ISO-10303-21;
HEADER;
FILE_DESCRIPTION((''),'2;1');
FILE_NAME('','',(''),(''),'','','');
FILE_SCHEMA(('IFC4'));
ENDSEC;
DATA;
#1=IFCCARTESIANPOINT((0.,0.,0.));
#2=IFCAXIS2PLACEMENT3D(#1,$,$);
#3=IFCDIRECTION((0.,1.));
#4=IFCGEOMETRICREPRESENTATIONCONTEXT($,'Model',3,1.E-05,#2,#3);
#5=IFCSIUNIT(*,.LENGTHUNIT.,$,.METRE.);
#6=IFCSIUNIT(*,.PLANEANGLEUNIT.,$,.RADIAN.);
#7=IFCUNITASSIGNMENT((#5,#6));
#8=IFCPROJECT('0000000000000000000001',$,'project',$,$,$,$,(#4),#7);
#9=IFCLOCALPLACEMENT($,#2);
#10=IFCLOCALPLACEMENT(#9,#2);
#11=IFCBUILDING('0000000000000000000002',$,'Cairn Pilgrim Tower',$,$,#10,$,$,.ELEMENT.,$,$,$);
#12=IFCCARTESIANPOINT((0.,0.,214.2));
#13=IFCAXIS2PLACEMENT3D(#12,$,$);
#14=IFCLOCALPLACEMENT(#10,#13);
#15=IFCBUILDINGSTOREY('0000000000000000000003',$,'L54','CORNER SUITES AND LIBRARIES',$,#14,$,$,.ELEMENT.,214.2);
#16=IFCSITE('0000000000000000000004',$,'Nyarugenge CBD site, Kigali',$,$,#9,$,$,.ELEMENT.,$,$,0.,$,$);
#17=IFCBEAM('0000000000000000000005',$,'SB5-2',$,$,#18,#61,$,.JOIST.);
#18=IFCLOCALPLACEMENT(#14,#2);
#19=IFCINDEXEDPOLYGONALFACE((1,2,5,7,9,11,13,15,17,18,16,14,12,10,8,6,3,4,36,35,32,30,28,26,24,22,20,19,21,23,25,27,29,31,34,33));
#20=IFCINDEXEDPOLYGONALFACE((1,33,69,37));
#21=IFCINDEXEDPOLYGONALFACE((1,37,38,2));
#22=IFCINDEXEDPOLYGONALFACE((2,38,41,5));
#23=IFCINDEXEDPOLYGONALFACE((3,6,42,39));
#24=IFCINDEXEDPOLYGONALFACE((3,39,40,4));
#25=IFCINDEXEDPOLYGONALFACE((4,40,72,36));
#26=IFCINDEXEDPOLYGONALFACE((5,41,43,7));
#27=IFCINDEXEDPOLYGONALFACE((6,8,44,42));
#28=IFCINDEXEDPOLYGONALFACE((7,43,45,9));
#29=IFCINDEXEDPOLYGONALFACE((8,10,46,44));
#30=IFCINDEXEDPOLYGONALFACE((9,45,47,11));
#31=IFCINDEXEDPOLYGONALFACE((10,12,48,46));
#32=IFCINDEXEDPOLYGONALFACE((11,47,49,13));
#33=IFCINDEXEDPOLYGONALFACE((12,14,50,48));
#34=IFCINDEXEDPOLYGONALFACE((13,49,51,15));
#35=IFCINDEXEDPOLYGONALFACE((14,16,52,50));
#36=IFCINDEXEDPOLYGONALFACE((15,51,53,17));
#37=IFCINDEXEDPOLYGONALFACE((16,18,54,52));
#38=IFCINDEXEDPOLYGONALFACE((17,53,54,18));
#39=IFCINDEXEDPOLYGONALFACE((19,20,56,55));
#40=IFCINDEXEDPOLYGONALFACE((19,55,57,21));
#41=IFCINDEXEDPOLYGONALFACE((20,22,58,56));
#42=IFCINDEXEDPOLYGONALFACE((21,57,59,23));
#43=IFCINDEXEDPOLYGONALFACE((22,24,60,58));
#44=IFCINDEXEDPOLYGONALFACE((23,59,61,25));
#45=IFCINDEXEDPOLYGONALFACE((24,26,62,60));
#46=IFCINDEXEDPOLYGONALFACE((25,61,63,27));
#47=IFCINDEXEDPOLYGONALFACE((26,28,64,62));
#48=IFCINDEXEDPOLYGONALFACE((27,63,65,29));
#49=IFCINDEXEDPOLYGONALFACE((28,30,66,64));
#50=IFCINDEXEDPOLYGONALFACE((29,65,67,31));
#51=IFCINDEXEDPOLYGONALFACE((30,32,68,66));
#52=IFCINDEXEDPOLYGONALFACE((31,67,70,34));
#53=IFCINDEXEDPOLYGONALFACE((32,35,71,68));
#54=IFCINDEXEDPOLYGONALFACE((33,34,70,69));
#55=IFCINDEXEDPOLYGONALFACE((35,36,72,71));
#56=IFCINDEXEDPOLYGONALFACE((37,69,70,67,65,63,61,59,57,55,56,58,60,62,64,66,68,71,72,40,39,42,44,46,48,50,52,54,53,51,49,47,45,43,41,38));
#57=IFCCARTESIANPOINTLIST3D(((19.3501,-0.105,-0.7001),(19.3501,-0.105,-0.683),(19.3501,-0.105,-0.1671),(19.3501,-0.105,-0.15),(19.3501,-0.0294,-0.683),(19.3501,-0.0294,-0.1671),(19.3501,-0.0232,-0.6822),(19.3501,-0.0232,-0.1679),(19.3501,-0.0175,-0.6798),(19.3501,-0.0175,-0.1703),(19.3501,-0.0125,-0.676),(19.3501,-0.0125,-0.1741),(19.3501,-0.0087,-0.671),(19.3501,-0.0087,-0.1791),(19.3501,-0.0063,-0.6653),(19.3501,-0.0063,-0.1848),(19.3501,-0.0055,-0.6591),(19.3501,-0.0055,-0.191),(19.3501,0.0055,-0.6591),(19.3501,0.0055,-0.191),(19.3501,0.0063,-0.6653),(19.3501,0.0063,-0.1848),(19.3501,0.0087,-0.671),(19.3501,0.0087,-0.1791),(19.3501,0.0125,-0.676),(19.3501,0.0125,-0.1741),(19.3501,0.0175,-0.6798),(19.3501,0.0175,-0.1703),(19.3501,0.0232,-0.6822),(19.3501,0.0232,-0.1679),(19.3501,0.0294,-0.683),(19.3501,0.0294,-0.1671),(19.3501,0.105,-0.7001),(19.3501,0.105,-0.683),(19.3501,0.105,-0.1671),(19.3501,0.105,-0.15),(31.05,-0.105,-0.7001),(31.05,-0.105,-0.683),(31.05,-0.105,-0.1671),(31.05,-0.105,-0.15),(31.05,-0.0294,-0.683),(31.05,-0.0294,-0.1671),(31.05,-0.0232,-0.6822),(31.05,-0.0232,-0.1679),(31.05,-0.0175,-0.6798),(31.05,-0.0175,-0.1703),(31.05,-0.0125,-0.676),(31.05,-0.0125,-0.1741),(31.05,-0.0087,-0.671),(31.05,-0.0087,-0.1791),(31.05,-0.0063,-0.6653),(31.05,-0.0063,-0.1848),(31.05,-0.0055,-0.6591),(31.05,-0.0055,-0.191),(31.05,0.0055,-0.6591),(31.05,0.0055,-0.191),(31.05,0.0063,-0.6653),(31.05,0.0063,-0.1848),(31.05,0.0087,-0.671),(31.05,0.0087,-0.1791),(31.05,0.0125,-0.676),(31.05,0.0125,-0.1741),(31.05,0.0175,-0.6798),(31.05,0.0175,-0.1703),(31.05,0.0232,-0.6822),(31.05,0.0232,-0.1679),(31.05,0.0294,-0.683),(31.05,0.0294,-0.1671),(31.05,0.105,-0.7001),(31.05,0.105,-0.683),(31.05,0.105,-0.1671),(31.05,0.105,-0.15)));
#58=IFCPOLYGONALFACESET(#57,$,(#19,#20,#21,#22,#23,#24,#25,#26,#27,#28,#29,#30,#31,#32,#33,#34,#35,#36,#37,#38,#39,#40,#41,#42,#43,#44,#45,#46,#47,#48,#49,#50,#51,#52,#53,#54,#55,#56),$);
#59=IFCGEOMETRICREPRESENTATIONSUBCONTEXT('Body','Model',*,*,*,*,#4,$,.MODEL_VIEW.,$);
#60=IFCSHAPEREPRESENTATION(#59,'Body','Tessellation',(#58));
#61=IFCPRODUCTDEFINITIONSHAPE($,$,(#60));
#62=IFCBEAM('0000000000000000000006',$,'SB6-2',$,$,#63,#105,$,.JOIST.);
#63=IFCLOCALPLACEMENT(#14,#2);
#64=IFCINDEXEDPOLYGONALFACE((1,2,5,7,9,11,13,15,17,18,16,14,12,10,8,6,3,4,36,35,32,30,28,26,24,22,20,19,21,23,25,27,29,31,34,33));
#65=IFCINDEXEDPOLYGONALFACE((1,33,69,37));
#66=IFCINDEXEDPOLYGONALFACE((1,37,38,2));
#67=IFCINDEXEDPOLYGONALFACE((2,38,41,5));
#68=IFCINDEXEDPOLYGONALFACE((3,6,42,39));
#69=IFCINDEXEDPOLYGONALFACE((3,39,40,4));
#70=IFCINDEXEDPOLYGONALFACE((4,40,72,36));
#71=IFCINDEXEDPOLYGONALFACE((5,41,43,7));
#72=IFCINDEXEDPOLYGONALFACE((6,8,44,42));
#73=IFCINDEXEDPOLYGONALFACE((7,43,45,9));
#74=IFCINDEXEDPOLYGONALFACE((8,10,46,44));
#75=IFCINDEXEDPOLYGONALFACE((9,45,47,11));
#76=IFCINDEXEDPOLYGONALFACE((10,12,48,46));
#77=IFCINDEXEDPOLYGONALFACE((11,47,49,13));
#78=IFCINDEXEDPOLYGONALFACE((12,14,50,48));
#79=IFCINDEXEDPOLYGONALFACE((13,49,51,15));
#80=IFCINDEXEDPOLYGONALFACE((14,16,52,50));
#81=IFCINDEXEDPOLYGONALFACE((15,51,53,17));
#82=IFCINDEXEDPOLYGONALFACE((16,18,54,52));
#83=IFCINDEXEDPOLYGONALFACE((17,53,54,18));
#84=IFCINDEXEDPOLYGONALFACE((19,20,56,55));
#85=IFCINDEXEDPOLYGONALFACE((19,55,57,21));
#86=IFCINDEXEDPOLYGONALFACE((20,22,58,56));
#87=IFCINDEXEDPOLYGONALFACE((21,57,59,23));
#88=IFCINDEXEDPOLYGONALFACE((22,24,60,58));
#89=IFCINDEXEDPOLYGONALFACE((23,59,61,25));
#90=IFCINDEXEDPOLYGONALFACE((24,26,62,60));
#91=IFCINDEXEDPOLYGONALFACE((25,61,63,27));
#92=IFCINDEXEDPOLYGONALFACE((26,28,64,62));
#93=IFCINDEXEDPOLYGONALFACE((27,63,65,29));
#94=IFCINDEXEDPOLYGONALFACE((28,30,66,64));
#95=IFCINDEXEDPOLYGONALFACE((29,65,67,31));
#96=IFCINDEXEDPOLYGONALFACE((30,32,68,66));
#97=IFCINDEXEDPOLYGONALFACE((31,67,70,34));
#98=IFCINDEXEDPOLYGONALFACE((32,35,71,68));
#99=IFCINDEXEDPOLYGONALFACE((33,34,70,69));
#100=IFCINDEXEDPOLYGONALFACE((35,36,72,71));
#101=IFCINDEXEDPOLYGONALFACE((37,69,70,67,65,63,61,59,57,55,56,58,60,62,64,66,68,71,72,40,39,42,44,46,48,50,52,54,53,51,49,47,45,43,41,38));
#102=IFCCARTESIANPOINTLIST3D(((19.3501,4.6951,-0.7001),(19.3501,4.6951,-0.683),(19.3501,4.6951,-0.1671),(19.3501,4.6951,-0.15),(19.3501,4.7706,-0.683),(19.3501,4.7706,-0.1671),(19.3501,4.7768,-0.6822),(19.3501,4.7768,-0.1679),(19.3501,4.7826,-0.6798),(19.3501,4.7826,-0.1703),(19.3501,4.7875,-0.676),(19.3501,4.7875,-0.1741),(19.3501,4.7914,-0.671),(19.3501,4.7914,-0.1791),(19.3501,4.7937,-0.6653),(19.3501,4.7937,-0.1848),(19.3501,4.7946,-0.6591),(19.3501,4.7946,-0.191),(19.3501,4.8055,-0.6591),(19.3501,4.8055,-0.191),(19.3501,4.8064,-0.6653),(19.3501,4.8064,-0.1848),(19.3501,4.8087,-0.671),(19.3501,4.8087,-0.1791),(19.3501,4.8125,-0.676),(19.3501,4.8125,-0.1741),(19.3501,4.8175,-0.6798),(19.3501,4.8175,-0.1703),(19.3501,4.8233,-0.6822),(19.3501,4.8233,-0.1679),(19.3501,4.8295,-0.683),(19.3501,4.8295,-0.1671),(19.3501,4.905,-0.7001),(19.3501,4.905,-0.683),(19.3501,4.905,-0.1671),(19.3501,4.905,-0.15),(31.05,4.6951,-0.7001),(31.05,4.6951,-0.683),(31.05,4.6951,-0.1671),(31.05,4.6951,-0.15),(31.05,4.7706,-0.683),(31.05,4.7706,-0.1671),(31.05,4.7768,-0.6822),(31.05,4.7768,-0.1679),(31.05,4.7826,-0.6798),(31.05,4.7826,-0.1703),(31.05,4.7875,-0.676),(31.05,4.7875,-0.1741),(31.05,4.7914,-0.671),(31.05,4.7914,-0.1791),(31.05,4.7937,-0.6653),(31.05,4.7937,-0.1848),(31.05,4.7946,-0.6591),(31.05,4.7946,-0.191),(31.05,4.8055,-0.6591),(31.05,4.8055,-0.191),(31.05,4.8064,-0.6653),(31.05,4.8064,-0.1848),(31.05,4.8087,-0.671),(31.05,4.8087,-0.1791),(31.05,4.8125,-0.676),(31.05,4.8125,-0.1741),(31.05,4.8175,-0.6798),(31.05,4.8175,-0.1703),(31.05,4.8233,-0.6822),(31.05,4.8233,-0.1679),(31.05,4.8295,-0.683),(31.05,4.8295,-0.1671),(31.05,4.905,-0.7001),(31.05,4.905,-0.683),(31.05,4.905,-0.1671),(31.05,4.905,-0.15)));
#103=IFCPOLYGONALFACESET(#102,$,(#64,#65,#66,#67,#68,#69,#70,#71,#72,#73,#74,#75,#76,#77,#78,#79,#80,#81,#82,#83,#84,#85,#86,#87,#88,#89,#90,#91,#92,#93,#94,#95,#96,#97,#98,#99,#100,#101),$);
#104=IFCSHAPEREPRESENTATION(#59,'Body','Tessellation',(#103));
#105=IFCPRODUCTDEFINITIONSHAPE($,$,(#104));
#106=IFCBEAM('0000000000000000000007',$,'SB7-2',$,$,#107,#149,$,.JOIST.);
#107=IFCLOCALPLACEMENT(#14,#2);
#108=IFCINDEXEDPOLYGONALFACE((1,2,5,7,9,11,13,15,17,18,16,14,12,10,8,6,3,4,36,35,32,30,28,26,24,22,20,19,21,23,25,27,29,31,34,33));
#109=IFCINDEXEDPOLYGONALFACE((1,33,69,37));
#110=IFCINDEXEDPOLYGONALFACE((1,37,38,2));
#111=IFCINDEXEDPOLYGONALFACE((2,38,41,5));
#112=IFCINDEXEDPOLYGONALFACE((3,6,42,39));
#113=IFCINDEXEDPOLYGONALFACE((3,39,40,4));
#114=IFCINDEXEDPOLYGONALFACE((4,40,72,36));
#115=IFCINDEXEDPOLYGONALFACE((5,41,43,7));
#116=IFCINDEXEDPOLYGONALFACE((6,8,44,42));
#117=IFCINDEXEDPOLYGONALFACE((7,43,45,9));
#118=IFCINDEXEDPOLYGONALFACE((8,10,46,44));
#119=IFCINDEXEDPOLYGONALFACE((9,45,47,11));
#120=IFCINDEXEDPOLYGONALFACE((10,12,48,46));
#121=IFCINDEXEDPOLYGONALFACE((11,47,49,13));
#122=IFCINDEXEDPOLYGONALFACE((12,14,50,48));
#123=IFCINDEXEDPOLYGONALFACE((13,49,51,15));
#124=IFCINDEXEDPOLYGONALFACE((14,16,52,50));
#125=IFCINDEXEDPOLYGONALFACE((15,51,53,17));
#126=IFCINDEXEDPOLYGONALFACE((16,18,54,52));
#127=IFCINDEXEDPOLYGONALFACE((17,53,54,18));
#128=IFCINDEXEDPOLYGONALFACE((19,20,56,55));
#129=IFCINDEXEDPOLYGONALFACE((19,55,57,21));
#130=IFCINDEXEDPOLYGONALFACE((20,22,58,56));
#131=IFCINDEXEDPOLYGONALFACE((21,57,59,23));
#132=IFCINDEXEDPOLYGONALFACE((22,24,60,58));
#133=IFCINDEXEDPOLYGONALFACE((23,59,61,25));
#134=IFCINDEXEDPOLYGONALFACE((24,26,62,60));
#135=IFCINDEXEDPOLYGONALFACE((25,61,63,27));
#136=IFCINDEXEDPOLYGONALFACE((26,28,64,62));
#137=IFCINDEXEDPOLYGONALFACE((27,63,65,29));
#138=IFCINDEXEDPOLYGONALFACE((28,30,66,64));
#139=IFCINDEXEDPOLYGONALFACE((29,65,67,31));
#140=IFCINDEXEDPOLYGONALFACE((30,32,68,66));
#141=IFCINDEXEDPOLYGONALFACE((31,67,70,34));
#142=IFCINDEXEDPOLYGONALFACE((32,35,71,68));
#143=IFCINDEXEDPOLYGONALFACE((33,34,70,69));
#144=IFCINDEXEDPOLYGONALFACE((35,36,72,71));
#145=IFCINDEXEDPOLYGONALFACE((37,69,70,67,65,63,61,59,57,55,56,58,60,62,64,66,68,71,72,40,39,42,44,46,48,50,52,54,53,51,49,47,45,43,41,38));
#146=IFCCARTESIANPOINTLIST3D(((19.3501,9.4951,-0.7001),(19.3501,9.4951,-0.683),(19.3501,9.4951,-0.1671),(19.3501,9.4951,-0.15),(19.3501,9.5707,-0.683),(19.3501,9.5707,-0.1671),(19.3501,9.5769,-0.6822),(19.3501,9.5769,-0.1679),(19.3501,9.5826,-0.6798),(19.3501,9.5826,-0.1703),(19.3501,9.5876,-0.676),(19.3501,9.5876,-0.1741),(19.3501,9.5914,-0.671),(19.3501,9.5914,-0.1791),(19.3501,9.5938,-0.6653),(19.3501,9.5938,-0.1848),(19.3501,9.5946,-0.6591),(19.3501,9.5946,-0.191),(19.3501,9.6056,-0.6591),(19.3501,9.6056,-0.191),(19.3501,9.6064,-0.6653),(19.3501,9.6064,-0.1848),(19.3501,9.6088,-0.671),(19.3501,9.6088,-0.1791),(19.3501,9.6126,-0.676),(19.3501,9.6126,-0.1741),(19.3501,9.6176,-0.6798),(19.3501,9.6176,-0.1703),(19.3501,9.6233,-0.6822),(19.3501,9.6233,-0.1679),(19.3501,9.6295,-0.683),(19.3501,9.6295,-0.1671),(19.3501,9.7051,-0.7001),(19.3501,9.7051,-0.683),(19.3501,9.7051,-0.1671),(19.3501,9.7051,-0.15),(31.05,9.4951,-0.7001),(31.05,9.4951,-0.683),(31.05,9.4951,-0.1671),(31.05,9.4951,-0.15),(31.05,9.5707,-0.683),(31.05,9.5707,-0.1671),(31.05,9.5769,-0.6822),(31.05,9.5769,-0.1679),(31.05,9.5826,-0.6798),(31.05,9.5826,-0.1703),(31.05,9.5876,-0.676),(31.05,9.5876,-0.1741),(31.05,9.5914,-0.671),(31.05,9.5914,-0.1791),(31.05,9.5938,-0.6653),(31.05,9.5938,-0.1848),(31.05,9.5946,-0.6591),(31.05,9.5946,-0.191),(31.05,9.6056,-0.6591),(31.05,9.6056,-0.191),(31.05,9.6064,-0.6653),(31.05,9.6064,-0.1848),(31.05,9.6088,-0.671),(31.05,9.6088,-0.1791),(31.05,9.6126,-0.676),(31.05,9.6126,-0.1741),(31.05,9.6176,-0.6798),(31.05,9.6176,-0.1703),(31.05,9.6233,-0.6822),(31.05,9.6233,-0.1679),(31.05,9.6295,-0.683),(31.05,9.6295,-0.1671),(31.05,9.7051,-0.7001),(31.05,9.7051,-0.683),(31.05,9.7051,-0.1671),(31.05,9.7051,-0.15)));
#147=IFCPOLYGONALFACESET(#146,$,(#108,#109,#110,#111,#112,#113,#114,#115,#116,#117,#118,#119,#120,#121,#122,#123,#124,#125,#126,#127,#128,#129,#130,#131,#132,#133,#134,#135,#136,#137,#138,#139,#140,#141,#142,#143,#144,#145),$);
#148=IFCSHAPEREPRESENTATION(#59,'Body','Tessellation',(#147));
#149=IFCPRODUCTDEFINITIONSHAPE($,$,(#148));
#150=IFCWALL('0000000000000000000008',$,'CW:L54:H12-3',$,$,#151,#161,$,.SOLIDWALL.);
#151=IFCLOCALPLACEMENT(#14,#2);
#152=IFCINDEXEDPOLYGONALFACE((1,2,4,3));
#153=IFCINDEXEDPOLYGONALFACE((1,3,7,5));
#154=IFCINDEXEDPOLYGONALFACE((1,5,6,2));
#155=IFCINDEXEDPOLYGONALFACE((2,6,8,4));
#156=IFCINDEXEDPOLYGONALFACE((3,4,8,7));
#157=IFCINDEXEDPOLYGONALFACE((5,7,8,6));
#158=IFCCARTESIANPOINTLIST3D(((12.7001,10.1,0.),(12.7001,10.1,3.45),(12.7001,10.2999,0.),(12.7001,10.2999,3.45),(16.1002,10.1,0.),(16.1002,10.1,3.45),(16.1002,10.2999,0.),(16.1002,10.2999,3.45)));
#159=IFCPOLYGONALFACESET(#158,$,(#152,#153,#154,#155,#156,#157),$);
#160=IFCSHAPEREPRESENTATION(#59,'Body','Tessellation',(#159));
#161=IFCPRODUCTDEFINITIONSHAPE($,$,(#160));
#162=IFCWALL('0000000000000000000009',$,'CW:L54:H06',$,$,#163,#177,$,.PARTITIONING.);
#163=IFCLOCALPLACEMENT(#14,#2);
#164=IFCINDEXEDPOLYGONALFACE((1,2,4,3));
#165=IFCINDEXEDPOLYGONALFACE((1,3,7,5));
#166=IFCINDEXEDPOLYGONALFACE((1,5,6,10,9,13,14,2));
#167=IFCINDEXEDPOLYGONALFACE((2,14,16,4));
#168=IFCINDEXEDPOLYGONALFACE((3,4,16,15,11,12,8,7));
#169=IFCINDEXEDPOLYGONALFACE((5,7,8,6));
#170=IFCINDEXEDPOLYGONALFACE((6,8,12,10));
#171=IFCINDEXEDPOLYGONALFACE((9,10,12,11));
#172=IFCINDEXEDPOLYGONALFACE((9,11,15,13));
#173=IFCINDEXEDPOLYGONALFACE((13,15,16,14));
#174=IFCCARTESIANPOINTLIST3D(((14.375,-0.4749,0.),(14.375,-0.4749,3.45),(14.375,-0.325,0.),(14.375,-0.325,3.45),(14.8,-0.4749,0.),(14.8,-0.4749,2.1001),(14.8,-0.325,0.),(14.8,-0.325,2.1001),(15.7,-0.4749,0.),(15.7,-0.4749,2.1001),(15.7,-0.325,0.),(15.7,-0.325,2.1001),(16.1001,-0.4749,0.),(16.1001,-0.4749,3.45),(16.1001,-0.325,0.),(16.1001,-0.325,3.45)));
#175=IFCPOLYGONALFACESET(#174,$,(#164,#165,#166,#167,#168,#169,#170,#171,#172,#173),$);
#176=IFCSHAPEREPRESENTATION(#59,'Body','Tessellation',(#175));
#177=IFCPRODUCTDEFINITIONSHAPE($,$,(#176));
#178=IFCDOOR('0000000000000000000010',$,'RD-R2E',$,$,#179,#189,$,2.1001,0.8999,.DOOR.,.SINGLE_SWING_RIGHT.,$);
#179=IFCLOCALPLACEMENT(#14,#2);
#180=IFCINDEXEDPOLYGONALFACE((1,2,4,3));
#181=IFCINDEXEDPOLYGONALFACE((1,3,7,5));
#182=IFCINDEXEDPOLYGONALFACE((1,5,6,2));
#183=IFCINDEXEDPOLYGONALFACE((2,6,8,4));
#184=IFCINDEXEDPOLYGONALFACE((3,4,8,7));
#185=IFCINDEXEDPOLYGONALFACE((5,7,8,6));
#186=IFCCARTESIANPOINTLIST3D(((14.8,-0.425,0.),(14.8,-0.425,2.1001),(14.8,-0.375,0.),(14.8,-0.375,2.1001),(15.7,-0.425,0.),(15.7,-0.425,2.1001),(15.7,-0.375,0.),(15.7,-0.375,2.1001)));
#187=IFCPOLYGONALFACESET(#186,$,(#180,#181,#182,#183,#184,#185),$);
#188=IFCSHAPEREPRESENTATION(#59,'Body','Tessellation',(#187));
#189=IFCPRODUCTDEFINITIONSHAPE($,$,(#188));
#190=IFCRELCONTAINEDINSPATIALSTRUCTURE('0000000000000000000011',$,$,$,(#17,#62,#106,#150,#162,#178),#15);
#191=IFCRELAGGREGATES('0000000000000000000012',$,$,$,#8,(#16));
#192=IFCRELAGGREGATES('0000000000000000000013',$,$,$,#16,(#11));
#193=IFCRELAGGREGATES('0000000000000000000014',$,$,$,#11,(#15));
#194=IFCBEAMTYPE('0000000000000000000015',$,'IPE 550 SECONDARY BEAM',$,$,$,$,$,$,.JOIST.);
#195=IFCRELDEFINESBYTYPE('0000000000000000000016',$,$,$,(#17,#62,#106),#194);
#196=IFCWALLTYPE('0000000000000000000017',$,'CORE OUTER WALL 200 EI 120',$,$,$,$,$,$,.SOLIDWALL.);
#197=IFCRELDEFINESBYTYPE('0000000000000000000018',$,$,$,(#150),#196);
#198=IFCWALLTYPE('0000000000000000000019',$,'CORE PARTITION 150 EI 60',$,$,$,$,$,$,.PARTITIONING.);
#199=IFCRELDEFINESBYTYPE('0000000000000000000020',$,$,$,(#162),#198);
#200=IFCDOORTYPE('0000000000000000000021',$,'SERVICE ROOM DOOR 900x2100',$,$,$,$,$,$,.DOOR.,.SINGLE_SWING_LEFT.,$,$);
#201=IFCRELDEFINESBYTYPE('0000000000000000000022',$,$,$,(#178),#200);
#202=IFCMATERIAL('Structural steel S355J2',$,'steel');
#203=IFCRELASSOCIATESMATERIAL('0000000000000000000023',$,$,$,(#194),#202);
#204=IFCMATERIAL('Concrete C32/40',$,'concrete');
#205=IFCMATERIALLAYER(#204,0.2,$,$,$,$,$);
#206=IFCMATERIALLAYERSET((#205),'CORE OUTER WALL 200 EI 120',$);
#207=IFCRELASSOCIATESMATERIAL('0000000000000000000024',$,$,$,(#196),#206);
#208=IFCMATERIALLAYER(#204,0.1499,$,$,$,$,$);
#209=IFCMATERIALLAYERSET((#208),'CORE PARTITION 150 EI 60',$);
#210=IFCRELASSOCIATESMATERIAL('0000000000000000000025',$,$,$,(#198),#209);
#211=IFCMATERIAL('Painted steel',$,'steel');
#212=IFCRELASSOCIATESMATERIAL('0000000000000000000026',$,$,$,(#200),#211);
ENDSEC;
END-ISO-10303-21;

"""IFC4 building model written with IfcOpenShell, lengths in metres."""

from ifc_helpers import new_model, si_unit, direction, frame, frame_2d, origin, origin_2d, place, context, subcontext, project, spatial, rectangle, i_section, extrude, material, layer, layer_set, material_profile, profile_set, type_object, element, fill, save


model = new_model("IFC4")

# Units and contexts
model_context = context("Model", 3, precision=1e-05, world=origin(), true_north=direction((0.0, 1.0)))
body_context = subcontext(model_context, "Body", "Model", "MODEL_VIEW")
ifc_project = project(units=[si_unit("LENGTHUNIT", "METRE"), si_unit("PLANEANGLEUNIT", "RADIAN")], contexts=[model_context])

# Site, building, storey
site_placement = place(None, origin())
site = spatial("IfcSite", under=ifc_project, at=site_placement, Name="Nyarugenge CBD site, Kigali", CompositionType="ELEMENT", RefElevation=0.0)
building_placement = place(site_placement, origin())
building = spatial("IfcBuilding", under=site, at=building_placement, Name="Cairn Pilgrim Tower", CompositionType="ELEMENT")
storey_placement = place(building_placement, frame((0.0, 0.0, 214.2)))
storey = spatial("IfcBuildingStorey", under=building, at=storey_placement, Name="L54", Description="CORNER SUITES AND LIBRARIES", CompositionType="ELEMENT", Elevation=214.2)

# Shared definitions
ifc_material_1 = material(Name="Structural steel S355J2", Category="steel")

# Beams
ifc_material_profile_1 = material_profile(ifc_material_1, i_section(OverallWidth=0.21, OverallDepth=0.55, WebThickness=0.011, FlangeThickness=0.0171, FilletRadius=0.0239, at=origin_2d()), Name="IPE 550")
ifc_profile_set_1 = profile_set([ifc_material_profile_1], Name="Structural steel S355J2")
beam_type_1 = type_object("IfcBeamType", Name="IPE 550 SECONDARY BEAM", PredefinedType="JOIST", material=ifc_profile_set_1)
for number, where, z_axis, x_axis, name in (
    (1, (19.3501, 0.0, -0.425), (1.0, 0.0, 0.0), (0.0, 1.0, 0.0), "SB5-2"),
    (2, (19.3501, 4.8, -0.425), (1.0, 0.0, 0.0), (0.0, 1.0, 0.0), "SB6-2"),
    (3, (19.3501, 9.6001, -0.425), (1.0, 0.0, 0.0), (0.0, 1.0, 0.0), "SB7-2"),
):
    element("IfcBeam", number, at=place(storey_placement, frame(where, z_axis=z_axis, x_axis=x_axis)), inside=storey, type_object=beam_type_1, Name=name, PredefinedType="JOIST", context=body_context, shape_type="SweptSolid", body=[
        extrude(i_section(OverallWidth=0.21, OverallDepth=0.55, WebThickness=0.011, FlangeThickness=0.0171, FilletRadius=0.0239, at=origin_2d()), origin(), (0.0, 0.0, 1.0), 11.7),
    ])

# Wall
ifc_material_2 = material(Name="Concrete C32/40", Category="concrete")
ifc_layer_1 = layer(ifc_material_2, 0.2)
ifc_layer_set_1 = layer_set([ifc_layer_1], Name="CORE OUTER WALL 200 EI 120")
wall_type_1 = type_object("IfcWallType", Name="CORE OUTER WALL 200 EI 120", PredefinedType="SOLIDWALL", material=ifc_layer_set_1)
wall_1_placement = place(storey_placement, frame((12.7, 10.2, 0.0), z_axis=(0.0, 0.0, 1.0), x_axis=(1.0, 0.0, 0.0)))
element("IfcWall", 4, at=wall_1_placement, inside=storey, type_object=wall_type_1, Name="CW:L54:H12-3", PredefinedType="SOLIDWALL", context=body_context, shape_type="SweptSolid", body=[
    extrude(rectangle(XDim=3.4001, YDim=0.2, at=frame_2d((1.7002, 0.0))), origin(), (0.0, 0.0, 1.0), 3.45),
])

# Wall, opening, door
ifc_layer_2 = layer(ifc_material_2, 0.1499)
ifc_layer_set_2 = layer_set([ifc_layer_2], Name="CORE PARTITION 150 EI 60")
wall_type_2 = type_object("IfcWallType", Name="CORE PARTITION 150 EI 60", PredefinedType="PARTITIONING", material=ifc_layer_set_2)
wall_2_placement = place(storey_placement, frame((14.375, -0.3999, 0.0), z_axis=(0.0, 0.0, 1.0), x_axis=(1.0, 0.0, 0.0)))
wall_2 = element("IfcWall", 5, at=wall_2_placement, inside=storey, type_object=wall_type_2, Name="CW:L54:H06", PredefinedType="PARTITIONING", context=body_context, shape_type="SweptSolid", body=[
    extrude(rectangle(XDim=1.7251, YDim=0.1499, at=frame_2d((0.8625, 0.0))), origin(), (0.0, 0.0, 1.0), 3.45),
])
opening_1_placement = place(wall_2_placement, frame((0.425, 0.0, 0.0)))
opening_1 = element("IfcOpeningElement", 6, at=opening_1_placement, cuts=wall_2, PredefinedType="OPENING", context=body_context, shape_type="SweptSolid", body=[
    extrude(rectangle(XDim=0.8999, YDim=2.1001, at=frame_2d((0.45, 1.05))), frame((0.0, 0.085, 0.0), z_axis=(0.0, -1.0, 0.0), x_axis=(1.0, 0.0, 0.0)), (0.0, 0.0, 1.0), 0.1699),
])
ifc_material_3 = material(Name="Painted steel", Category="steel")
door_type = type_object("IfcDoorType", Name="SERVICE ROOM DOOR 900x2100", OperationType="SINGLE_SWING_LEFT", PredefinedType="DOOR", material=ifc_material_3)
door_1_placement = place(opening_1_placement, origin())
door_1 = element("IfcDoor", 7, at=door_1_placement, inside=storey, type_object=door_type, Name="RD-R2E", OperationType="SINGLE_SWING_RIGHT", OverallHeight=2.1001, OverallWidth=0.8999, PredefinedType="DOOR", context=body_context, shape_type="SweptSolid", body=[
    extrude(rectangle(XDim=0.8999, YDim=2.1001, at=frame_2d((0.45, 1.05))), frame((0.0, 0.0249, 0.0), z_axis=(0.0, -1.0, 0.0), x_axis=(1.0, 0.0, 0.0)), (0.0, 0.0, 1.0), 0.05),
])
fill(opening_1, door_1)

save(model, "model.ifc")
